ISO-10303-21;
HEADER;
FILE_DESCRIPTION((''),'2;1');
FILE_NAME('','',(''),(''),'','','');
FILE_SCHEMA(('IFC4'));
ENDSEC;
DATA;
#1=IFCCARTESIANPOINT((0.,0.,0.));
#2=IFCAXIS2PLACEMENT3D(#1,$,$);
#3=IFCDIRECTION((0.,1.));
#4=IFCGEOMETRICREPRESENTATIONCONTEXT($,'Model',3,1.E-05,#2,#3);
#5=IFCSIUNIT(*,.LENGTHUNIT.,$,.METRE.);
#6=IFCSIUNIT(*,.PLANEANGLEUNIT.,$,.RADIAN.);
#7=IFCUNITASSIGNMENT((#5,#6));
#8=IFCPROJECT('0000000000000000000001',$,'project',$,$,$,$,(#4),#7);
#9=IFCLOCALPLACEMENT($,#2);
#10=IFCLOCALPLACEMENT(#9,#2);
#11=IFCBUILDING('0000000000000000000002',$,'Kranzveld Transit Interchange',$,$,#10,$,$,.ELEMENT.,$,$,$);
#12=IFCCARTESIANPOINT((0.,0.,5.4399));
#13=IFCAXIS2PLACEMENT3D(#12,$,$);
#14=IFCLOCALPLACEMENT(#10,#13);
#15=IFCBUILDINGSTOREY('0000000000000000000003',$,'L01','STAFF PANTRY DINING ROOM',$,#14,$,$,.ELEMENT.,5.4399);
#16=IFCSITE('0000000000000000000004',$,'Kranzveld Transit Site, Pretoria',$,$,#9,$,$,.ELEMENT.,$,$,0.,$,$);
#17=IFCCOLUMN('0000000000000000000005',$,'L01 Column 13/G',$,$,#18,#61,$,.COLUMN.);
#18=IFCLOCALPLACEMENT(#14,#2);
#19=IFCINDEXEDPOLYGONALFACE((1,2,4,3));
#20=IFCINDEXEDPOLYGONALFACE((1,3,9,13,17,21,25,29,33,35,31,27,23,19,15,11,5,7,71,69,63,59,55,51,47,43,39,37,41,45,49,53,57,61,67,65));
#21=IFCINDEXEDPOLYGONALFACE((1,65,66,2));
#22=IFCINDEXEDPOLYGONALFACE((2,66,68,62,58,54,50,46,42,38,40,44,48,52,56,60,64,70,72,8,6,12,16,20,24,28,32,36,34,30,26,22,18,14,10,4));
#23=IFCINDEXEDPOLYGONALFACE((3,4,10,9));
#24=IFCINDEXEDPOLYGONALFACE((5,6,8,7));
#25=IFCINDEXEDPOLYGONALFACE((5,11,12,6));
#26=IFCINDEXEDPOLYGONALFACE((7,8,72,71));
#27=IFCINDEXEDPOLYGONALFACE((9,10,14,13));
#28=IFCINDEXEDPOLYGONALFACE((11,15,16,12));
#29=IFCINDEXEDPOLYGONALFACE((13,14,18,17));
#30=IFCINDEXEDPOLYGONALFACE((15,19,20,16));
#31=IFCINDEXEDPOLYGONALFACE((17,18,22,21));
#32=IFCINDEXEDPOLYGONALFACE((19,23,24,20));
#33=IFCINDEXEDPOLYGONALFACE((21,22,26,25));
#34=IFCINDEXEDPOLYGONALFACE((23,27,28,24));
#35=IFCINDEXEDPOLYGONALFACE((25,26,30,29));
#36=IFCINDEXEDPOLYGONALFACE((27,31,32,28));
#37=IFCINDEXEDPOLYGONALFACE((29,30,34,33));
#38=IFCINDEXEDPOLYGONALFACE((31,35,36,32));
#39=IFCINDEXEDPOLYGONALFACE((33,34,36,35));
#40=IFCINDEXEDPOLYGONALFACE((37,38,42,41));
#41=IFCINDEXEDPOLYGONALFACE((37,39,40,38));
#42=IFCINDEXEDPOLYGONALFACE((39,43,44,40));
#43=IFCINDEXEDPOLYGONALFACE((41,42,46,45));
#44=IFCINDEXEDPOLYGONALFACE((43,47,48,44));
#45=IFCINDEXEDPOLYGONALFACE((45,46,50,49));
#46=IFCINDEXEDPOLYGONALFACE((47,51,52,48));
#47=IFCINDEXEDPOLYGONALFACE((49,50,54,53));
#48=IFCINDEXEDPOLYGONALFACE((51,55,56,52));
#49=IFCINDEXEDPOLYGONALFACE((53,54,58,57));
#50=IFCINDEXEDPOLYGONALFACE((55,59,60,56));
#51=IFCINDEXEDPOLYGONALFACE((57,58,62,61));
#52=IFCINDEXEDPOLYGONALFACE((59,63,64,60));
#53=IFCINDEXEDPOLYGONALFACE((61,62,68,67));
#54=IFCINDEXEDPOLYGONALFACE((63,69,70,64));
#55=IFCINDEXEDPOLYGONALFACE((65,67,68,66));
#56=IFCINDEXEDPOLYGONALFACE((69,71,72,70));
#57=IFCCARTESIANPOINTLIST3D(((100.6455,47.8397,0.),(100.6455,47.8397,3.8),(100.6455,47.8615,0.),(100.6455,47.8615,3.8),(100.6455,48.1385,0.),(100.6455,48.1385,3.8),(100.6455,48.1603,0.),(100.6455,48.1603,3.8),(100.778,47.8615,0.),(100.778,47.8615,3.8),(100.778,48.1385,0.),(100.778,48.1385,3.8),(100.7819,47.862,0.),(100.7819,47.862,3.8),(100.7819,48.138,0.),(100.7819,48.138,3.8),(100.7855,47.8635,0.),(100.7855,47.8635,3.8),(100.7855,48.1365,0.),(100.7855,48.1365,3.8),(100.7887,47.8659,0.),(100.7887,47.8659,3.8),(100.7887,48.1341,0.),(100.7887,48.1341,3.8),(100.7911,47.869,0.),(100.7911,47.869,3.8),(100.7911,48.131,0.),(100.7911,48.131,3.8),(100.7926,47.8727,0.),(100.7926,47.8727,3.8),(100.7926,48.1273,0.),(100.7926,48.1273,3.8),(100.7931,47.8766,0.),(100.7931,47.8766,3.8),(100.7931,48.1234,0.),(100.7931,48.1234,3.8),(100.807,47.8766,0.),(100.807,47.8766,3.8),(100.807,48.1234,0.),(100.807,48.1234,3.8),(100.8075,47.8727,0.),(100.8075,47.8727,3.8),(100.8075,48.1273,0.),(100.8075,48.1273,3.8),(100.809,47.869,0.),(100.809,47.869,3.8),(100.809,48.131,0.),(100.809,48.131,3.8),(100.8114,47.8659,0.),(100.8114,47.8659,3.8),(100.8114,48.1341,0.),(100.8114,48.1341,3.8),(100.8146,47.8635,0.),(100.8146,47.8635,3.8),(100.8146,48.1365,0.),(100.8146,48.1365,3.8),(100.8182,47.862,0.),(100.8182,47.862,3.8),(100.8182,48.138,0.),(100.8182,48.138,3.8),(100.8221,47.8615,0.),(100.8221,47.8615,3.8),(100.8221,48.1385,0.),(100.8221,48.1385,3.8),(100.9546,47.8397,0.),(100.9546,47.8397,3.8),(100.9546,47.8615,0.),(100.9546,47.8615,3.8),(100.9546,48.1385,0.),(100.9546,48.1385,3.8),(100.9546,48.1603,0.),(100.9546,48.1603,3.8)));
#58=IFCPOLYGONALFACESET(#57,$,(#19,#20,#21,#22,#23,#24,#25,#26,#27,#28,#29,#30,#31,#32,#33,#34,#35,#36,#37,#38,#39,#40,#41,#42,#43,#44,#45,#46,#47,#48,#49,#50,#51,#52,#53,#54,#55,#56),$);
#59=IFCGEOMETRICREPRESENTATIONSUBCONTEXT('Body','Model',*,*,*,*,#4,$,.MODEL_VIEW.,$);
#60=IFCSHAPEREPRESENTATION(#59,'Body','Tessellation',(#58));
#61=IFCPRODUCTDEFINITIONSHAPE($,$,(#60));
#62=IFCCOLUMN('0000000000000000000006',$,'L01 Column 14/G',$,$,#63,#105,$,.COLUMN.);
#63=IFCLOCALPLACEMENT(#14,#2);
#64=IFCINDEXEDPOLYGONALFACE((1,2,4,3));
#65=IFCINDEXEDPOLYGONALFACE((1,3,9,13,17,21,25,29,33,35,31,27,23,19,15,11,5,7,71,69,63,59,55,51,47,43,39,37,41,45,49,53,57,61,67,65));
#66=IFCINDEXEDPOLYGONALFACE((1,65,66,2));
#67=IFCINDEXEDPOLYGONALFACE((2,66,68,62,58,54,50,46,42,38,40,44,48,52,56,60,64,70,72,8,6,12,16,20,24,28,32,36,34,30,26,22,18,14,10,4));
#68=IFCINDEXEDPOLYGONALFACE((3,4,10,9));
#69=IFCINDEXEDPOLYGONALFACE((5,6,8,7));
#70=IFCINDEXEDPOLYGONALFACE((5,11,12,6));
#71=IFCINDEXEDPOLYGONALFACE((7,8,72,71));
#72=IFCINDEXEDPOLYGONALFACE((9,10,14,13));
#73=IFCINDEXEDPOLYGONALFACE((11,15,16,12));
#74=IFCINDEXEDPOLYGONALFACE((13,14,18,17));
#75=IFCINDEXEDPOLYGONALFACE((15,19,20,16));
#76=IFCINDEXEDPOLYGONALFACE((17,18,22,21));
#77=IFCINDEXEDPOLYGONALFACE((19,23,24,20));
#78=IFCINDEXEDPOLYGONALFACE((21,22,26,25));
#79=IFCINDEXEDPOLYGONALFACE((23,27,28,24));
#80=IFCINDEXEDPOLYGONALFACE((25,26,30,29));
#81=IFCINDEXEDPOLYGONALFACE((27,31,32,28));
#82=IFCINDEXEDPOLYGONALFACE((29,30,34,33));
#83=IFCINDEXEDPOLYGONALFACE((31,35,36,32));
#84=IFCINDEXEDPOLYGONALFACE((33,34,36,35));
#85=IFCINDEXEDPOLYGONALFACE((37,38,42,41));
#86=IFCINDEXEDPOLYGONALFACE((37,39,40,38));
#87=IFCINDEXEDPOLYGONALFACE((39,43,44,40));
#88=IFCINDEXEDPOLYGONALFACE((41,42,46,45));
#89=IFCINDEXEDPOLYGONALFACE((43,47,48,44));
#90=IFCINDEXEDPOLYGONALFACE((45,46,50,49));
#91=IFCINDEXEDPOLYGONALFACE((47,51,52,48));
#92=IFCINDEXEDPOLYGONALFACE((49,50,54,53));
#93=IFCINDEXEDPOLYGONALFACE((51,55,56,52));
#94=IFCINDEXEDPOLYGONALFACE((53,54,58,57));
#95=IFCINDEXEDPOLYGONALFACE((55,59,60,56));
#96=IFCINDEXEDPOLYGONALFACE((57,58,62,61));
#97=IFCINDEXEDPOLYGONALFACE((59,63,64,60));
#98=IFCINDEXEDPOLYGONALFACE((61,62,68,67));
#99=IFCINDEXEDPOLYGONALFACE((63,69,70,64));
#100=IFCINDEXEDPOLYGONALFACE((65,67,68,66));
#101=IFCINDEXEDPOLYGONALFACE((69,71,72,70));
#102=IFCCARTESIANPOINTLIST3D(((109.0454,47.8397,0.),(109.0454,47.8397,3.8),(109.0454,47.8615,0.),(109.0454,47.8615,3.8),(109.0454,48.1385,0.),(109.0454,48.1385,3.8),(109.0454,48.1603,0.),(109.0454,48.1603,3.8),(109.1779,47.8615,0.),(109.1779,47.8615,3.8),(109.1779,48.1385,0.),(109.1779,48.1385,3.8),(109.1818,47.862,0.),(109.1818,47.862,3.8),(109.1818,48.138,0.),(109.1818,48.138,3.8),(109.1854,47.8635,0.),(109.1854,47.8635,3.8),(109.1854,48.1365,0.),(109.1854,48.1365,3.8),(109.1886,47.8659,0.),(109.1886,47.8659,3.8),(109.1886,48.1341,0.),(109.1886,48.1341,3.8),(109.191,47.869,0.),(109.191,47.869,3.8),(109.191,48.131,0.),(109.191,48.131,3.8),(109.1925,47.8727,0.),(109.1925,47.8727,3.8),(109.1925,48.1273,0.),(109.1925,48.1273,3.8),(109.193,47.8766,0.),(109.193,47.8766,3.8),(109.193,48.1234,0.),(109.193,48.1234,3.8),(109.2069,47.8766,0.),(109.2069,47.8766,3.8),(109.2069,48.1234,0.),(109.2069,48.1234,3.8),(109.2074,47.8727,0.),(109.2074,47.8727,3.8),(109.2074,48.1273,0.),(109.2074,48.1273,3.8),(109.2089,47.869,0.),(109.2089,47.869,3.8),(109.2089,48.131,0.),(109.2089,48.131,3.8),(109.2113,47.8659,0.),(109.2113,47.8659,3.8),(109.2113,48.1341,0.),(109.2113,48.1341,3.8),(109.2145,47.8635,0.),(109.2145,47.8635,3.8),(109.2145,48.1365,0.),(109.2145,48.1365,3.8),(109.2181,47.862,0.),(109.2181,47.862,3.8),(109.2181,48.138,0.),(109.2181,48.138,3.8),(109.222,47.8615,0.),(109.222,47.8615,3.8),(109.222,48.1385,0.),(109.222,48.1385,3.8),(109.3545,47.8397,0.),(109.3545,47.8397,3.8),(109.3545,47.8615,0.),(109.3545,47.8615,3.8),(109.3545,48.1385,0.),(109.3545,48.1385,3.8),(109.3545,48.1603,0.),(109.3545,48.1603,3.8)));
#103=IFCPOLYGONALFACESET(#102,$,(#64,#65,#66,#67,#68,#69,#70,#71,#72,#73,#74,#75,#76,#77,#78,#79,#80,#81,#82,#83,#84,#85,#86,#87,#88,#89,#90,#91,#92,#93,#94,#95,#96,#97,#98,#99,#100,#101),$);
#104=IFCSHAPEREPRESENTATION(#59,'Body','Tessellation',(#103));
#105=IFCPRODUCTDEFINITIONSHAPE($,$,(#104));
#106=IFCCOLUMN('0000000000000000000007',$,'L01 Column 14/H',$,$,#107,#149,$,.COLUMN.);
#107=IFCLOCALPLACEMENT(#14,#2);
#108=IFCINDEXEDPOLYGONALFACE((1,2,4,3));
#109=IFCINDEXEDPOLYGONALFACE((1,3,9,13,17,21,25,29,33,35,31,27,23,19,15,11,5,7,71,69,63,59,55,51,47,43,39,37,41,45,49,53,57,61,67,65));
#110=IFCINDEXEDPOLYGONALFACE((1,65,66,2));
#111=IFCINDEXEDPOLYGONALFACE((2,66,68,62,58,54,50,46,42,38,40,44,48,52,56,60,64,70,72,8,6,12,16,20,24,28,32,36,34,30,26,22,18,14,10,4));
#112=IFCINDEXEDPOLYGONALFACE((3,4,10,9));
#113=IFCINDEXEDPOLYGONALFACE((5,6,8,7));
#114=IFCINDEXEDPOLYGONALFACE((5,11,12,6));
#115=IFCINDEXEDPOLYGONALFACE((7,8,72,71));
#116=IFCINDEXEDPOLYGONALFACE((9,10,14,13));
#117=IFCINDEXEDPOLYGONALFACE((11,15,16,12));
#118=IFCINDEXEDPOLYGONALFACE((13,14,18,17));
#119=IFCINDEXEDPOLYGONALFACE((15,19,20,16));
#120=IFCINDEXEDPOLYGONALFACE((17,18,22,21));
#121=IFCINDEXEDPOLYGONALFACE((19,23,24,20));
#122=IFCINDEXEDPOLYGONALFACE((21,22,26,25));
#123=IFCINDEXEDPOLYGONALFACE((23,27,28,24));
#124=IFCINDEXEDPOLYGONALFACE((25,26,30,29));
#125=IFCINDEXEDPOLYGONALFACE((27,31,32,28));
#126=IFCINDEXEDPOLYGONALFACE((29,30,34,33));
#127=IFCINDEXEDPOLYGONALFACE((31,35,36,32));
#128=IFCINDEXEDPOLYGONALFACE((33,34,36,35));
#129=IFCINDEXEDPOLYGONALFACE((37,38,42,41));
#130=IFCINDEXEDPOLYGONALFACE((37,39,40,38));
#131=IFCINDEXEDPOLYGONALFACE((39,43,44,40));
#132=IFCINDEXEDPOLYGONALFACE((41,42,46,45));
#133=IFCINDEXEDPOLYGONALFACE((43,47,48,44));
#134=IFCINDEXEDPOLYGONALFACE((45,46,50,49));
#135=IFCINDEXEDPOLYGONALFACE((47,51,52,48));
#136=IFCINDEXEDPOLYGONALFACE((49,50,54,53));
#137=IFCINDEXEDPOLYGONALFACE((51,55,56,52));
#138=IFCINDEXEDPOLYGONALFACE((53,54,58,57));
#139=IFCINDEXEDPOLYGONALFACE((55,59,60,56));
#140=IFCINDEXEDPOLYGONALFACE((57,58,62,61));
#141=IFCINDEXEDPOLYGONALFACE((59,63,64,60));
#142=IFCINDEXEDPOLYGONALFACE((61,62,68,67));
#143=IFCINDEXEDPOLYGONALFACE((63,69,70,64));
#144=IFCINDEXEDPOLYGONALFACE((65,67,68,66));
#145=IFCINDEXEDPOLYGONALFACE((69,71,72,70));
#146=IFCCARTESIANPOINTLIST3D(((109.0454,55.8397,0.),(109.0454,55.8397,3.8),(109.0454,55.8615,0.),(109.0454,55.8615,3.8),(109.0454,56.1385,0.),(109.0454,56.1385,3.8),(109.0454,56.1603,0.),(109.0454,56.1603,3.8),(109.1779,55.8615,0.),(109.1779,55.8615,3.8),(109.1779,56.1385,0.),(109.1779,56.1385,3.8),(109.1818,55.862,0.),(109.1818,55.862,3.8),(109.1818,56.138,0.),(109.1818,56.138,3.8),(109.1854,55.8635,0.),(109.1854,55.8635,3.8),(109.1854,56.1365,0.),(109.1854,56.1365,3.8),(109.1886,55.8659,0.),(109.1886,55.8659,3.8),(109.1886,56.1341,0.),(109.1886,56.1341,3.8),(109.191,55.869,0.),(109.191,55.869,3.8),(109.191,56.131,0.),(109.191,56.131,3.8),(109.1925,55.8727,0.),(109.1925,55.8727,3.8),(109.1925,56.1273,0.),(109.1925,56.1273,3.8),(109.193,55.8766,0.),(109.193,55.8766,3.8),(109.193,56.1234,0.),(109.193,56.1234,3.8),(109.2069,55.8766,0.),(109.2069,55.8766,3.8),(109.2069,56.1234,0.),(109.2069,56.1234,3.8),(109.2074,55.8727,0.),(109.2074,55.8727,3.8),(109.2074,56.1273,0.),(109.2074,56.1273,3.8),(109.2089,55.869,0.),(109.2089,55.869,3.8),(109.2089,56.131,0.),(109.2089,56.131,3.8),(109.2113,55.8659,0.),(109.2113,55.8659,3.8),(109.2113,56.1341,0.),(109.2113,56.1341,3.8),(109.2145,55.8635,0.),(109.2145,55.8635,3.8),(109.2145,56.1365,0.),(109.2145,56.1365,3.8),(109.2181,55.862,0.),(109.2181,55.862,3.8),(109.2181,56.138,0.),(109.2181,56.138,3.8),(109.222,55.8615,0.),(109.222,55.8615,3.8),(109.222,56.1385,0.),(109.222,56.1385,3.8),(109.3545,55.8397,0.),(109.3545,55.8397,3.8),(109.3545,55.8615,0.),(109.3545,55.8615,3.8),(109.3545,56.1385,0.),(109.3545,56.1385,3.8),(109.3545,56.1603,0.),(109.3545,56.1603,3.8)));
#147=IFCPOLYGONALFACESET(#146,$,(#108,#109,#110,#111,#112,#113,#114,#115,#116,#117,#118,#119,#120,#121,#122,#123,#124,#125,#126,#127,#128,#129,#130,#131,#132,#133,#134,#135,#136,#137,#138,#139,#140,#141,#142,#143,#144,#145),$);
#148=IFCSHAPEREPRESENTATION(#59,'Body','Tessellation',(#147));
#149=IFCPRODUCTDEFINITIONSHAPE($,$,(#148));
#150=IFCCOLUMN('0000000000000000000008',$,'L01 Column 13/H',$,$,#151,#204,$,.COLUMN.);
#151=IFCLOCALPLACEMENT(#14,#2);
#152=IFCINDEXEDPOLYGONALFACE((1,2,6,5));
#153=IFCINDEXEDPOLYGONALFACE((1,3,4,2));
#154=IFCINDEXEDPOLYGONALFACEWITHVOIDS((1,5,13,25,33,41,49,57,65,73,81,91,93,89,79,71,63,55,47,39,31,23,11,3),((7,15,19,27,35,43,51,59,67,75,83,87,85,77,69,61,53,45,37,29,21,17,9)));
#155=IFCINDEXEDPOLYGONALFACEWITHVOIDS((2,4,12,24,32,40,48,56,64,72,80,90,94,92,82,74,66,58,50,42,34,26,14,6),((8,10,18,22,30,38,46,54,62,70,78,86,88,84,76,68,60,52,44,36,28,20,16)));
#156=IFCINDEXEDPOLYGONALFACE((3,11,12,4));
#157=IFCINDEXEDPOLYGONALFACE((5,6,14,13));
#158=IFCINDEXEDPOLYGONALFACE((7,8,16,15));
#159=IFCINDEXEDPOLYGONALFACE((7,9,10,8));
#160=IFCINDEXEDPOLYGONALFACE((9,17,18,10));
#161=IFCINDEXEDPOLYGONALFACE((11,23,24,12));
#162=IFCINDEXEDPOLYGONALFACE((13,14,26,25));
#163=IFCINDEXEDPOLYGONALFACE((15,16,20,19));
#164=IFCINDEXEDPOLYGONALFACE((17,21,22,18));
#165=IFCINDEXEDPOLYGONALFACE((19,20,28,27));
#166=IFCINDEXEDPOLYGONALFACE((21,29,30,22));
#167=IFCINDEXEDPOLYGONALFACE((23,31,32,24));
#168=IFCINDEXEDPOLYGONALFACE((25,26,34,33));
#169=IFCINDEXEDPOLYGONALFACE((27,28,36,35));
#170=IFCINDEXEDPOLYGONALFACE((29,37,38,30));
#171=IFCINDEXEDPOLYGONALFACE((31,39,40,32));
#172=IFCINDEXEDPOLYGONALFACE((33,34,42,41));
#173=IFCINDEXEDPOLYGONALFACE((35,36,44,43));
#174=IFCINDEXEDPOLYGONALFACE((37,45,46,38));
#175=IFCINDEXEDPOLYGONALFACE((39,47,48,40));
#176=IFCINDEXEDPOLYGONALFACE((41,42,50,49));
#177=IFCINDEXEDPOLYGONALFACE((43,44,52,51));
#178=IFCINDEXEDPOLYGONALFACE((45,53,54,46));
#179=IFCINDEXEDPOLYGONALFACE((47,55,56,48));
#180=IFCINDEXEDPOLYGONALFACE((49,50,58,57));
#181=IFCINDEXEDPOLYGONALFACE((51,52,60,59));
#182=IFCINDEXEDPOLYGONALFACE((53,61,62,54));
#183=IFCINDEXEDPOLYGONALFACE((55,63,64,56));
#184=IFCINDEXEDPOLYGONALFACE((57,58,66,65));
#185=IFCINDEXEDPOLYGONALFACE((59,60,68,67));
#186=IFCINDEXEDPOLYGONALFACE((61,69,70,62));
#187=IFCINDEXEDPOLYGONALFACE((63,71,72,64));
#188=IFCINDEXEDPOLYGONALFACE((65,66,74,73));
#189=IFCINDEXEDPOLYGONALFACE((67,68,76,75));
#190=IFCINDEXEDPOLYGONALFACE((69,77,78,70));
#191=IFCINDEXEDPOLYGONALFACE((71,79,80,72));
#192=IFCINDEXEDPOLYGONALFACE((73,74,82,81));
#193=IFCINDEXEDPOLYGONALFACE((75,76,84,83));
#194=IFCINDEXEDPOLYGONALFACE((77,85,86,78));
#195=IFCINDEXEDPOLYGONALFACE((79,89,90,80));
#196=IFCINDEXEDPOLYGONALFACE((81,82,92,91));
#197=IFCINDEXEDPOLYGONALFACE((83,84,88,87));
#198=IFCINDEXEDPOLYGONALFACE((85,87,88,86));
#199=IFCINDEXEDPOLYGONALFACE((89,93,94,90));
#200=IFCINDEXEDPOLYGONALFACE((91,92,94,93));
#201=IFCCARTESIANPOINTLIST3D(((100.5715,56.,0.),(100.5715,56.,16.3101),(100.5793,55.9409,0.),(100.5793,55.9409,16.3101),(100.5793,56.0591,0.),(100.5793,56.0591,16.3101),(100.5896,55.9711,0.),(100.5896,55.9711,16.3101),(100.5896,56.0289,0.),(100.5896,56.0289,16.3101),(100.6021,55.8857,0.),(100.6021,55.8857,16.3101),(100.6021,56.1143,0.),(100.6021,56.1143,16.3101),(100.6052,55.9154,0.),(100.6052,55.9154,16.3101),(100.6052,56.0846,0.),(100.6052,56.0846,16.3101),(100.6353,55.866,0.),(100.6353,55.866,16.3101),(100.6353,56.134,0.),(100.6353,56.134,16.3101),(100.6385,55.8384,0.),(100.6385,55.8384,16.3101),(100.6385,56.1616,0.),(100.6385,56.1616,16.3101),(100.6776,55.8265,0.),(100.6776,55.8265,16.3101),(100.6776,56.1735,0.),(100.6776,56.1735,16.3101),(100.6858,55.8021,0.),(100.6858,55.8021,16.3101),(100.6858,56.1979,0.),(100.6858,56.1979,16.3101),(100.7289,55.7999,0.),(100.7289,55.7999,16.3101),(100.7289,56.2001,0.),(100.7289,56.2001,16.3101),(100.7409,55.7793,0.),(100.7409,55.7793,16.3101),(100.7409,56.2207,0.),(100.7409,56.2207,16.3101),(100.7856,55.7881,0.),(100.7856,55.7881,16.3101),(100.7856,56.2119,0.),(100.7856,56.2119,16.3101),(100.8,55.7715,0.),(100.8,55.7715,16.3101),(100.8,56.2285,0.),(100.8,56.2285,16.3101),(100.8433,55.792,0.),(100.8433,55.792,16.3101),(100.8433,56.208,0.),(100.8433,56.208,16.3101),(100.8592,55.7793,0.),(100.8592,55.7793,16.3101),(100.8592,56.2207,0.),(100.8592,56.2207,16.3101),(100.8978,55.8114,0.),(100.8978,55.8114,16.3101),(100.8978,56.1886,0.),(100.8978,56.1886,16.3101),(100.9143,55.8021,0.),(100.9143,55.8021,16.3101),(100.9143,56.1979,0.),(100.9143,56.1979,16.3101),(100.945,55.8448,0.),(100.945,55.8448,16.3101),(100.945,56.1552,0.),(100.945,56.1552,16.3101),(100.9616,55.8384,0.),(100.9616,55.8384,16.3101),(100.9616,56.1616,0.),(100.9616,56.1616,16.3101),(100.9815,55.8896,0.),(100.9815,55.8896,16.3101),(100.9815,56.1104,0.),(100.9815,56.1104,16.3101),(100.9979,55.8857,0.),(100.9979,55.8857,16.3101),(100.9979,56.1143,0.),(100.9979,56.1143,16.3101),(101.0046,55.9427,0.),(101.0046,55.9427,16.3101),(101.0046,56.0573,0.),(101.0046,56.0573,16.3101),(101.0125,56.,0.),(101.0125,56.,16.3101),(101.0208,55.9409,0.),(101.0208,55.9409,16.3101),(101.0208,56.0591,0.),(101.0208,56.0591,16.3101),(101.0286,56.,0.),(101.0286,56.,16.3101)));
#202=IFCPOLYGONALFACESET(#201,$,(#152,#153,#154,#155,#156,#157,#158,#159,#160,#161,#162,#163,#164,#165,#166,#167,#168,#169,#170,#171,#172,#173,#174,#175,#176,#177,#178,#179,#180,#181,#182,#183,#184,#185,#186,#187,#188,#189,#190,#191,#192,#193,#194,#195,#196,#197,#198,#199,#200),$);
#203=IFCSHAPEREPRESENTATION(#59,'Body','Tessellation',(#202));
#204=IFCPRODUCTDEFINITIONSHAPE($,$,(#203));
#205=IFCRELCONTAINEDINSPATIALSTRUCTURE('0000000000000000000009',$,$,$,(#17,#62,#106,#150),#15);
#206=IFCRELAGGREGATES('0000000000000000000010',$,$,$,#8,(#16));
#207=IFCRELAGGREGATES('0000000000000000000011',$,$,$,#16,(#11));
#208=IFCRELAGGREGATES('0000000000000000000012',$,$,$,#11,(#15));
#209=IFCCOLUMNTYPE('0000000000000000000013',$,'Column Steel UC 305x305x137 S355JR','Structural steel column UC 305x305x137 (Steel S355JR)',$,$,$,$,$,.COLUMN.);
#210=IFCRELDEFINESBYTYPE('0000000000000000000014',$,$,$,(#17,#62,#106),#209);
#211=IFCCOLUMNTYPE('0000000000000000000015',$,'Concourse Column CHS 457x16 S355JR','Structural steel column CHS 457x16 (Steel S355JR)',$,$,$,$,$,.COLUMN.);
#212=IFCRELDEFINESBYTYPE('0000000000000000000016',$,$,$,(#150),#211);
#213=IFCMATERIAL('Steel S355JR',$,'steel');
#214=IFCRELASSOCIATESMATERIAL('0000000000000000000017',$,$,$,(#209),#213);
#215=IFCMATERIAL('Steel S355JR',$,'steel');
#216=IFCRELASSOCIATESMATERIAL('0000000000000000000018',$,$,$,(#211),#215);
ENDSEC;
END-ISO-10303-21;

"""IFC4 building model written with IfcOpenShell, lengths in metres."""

from ifc_helpers import new_model, si_unit, direction, frame, origin, origin_2d, place, context, subcontext, project, spatial, hollow_circle, i_section, extrude, material, material_profile, profile_set, type_object, element, save


model = new_model("IFC4")

# Units and contexts
model_context = context("Model", 3, precision=1e-05, world=origin(), true_north=direction((0.0, 1.0)))
body_context = subcontext(model_context, "Body", "Model", "MODEL_VIEW")
ifc_project = project(units=[si_unit("LENGTHUNIT", "METRE"), si_unit("PLANEANGLEUNIT", "RADIAN")], contexts=[model_context])

# Site, building, storey
site_placement = place(None, origin())
site = spatial("IfcSite", under=ifc_project, at=site_placement, Name="Kranzveld Transit Site, Pretoria", CompositionType="ELEMENT", RefElevation=0.0)
building_placement = place(site_placement, origin())
building = spatial("IfcBuilding", under=site, at=building_placement, Name="Kranzveld Transit Interchange", CompositionType="ELEMENT")
storey_placement = place(building_placement, frame((0.0, 0.0, 5.4399)))
storey = spatial("IfcBuildingStorey", under=building, at=storey_placement, Name="L01", Description="STAFF PANTRY DINING ROOM", CompositionType="ELEMENT", Elevation=5.4399)

# Columns
ifc_material_1 = material(Name="Steel S355JR", Category="steel")
ifc_material_profile_1 = material_profile(ifc_material_1, i_section(OverallWidth=0.3091, OverallDepth=0.3206, WebThickness=0.0139, FlangeThickness=0.0217, FilletRadius=0.0151, at=origin_2d()), Name="UC 305x305x137")
ifc_profile_set_1 = profile_set([ifc_material_profile_1], Name="Steel S355JR")
column_type_1 = type_object("IfcColumnType", Name="Column Steel UC 305x305x137 S355JR", Description="Structural steel column UC 305x305x137 (Steel S355JR)", PredefinedType="COLUMN", material=ifc_profile_set_1)
for number, where, z_axis, x_axis, name in (
    (1, (100.8, 48.0, 0.0), (0.0, 0.0, 1.0), (1.0, 0.0, 0.0), "L01 Column 13/G"),
    (2, (109.2, 48.0, 0.0), (0.0, 0.0, 1.0), (1.0, 0.0, 0.0), "L01 Column 14/G"),
    (3, (109.2, 56.0, 0.0), (0.0, 0.0, 1.0), (1.0, 0.0, 0.0), "L01 Column 14/H"),
):
    element("IfcColumn", number, at=place(storey_placement, frame(where, z_axis=z_axis, x_axis=x_axis)), inside=storey, type_object=column_type_1, Name=name, PredefinedType="COLUMN", context=body_context, shape_type="SweptSolid", body=[
        extrude(i_section(OverallWidth=0.3091, OverallDepth=0.3206, WebThickness=0.0139, FlangeThickness=0.0217, FilletRadius=0.0151, at=origin_2d()), origin(), (0.0, 0.0, 1.0), 3.8),
    ])
ifc_material_2 = material(Name="Steel S355JR", Category="steel")
ifc_material_profile_2 = material_profile(ifc_material_2, hollow_circle(Radius=0.2285, WallThickness=0.0161, at=origin_2d()), Name="CHS 457x16")
ifc_profile_set_2 = profile_set([ifc_material_profile_2], Name="Steel S355JR")
column_type_2 = type_object("IfcColumnType", Name="Concourse Column CHS 457x16 S355JR", Description="Structural steel column CHS 457x16 (Steel S355JR)", PredefinedType="COLUMN", material=ifc_profile_set_2)
column_placement = place(storey_placement, frame((100.8, 56.0, 0.0), z_axis=(0.0, 0.0, 1.0), x_axis=(1.0, 0.0, 0.0)))
element("IfcColumn", 4, at=column_placement, inside=storey, type_object=column_type_2, Name="L01 Column 13/H", PredefinedType="COLUMN", context=body_context, shape_type="SweptSolid", body=[
    extrude(hollow_circle(Radius=0.2285, WallThickness=0.0161, at=origin_2d()), origin(), (0.0, 0.0, 1.0), 16.3101),
])

save(model, "model.ifc")
